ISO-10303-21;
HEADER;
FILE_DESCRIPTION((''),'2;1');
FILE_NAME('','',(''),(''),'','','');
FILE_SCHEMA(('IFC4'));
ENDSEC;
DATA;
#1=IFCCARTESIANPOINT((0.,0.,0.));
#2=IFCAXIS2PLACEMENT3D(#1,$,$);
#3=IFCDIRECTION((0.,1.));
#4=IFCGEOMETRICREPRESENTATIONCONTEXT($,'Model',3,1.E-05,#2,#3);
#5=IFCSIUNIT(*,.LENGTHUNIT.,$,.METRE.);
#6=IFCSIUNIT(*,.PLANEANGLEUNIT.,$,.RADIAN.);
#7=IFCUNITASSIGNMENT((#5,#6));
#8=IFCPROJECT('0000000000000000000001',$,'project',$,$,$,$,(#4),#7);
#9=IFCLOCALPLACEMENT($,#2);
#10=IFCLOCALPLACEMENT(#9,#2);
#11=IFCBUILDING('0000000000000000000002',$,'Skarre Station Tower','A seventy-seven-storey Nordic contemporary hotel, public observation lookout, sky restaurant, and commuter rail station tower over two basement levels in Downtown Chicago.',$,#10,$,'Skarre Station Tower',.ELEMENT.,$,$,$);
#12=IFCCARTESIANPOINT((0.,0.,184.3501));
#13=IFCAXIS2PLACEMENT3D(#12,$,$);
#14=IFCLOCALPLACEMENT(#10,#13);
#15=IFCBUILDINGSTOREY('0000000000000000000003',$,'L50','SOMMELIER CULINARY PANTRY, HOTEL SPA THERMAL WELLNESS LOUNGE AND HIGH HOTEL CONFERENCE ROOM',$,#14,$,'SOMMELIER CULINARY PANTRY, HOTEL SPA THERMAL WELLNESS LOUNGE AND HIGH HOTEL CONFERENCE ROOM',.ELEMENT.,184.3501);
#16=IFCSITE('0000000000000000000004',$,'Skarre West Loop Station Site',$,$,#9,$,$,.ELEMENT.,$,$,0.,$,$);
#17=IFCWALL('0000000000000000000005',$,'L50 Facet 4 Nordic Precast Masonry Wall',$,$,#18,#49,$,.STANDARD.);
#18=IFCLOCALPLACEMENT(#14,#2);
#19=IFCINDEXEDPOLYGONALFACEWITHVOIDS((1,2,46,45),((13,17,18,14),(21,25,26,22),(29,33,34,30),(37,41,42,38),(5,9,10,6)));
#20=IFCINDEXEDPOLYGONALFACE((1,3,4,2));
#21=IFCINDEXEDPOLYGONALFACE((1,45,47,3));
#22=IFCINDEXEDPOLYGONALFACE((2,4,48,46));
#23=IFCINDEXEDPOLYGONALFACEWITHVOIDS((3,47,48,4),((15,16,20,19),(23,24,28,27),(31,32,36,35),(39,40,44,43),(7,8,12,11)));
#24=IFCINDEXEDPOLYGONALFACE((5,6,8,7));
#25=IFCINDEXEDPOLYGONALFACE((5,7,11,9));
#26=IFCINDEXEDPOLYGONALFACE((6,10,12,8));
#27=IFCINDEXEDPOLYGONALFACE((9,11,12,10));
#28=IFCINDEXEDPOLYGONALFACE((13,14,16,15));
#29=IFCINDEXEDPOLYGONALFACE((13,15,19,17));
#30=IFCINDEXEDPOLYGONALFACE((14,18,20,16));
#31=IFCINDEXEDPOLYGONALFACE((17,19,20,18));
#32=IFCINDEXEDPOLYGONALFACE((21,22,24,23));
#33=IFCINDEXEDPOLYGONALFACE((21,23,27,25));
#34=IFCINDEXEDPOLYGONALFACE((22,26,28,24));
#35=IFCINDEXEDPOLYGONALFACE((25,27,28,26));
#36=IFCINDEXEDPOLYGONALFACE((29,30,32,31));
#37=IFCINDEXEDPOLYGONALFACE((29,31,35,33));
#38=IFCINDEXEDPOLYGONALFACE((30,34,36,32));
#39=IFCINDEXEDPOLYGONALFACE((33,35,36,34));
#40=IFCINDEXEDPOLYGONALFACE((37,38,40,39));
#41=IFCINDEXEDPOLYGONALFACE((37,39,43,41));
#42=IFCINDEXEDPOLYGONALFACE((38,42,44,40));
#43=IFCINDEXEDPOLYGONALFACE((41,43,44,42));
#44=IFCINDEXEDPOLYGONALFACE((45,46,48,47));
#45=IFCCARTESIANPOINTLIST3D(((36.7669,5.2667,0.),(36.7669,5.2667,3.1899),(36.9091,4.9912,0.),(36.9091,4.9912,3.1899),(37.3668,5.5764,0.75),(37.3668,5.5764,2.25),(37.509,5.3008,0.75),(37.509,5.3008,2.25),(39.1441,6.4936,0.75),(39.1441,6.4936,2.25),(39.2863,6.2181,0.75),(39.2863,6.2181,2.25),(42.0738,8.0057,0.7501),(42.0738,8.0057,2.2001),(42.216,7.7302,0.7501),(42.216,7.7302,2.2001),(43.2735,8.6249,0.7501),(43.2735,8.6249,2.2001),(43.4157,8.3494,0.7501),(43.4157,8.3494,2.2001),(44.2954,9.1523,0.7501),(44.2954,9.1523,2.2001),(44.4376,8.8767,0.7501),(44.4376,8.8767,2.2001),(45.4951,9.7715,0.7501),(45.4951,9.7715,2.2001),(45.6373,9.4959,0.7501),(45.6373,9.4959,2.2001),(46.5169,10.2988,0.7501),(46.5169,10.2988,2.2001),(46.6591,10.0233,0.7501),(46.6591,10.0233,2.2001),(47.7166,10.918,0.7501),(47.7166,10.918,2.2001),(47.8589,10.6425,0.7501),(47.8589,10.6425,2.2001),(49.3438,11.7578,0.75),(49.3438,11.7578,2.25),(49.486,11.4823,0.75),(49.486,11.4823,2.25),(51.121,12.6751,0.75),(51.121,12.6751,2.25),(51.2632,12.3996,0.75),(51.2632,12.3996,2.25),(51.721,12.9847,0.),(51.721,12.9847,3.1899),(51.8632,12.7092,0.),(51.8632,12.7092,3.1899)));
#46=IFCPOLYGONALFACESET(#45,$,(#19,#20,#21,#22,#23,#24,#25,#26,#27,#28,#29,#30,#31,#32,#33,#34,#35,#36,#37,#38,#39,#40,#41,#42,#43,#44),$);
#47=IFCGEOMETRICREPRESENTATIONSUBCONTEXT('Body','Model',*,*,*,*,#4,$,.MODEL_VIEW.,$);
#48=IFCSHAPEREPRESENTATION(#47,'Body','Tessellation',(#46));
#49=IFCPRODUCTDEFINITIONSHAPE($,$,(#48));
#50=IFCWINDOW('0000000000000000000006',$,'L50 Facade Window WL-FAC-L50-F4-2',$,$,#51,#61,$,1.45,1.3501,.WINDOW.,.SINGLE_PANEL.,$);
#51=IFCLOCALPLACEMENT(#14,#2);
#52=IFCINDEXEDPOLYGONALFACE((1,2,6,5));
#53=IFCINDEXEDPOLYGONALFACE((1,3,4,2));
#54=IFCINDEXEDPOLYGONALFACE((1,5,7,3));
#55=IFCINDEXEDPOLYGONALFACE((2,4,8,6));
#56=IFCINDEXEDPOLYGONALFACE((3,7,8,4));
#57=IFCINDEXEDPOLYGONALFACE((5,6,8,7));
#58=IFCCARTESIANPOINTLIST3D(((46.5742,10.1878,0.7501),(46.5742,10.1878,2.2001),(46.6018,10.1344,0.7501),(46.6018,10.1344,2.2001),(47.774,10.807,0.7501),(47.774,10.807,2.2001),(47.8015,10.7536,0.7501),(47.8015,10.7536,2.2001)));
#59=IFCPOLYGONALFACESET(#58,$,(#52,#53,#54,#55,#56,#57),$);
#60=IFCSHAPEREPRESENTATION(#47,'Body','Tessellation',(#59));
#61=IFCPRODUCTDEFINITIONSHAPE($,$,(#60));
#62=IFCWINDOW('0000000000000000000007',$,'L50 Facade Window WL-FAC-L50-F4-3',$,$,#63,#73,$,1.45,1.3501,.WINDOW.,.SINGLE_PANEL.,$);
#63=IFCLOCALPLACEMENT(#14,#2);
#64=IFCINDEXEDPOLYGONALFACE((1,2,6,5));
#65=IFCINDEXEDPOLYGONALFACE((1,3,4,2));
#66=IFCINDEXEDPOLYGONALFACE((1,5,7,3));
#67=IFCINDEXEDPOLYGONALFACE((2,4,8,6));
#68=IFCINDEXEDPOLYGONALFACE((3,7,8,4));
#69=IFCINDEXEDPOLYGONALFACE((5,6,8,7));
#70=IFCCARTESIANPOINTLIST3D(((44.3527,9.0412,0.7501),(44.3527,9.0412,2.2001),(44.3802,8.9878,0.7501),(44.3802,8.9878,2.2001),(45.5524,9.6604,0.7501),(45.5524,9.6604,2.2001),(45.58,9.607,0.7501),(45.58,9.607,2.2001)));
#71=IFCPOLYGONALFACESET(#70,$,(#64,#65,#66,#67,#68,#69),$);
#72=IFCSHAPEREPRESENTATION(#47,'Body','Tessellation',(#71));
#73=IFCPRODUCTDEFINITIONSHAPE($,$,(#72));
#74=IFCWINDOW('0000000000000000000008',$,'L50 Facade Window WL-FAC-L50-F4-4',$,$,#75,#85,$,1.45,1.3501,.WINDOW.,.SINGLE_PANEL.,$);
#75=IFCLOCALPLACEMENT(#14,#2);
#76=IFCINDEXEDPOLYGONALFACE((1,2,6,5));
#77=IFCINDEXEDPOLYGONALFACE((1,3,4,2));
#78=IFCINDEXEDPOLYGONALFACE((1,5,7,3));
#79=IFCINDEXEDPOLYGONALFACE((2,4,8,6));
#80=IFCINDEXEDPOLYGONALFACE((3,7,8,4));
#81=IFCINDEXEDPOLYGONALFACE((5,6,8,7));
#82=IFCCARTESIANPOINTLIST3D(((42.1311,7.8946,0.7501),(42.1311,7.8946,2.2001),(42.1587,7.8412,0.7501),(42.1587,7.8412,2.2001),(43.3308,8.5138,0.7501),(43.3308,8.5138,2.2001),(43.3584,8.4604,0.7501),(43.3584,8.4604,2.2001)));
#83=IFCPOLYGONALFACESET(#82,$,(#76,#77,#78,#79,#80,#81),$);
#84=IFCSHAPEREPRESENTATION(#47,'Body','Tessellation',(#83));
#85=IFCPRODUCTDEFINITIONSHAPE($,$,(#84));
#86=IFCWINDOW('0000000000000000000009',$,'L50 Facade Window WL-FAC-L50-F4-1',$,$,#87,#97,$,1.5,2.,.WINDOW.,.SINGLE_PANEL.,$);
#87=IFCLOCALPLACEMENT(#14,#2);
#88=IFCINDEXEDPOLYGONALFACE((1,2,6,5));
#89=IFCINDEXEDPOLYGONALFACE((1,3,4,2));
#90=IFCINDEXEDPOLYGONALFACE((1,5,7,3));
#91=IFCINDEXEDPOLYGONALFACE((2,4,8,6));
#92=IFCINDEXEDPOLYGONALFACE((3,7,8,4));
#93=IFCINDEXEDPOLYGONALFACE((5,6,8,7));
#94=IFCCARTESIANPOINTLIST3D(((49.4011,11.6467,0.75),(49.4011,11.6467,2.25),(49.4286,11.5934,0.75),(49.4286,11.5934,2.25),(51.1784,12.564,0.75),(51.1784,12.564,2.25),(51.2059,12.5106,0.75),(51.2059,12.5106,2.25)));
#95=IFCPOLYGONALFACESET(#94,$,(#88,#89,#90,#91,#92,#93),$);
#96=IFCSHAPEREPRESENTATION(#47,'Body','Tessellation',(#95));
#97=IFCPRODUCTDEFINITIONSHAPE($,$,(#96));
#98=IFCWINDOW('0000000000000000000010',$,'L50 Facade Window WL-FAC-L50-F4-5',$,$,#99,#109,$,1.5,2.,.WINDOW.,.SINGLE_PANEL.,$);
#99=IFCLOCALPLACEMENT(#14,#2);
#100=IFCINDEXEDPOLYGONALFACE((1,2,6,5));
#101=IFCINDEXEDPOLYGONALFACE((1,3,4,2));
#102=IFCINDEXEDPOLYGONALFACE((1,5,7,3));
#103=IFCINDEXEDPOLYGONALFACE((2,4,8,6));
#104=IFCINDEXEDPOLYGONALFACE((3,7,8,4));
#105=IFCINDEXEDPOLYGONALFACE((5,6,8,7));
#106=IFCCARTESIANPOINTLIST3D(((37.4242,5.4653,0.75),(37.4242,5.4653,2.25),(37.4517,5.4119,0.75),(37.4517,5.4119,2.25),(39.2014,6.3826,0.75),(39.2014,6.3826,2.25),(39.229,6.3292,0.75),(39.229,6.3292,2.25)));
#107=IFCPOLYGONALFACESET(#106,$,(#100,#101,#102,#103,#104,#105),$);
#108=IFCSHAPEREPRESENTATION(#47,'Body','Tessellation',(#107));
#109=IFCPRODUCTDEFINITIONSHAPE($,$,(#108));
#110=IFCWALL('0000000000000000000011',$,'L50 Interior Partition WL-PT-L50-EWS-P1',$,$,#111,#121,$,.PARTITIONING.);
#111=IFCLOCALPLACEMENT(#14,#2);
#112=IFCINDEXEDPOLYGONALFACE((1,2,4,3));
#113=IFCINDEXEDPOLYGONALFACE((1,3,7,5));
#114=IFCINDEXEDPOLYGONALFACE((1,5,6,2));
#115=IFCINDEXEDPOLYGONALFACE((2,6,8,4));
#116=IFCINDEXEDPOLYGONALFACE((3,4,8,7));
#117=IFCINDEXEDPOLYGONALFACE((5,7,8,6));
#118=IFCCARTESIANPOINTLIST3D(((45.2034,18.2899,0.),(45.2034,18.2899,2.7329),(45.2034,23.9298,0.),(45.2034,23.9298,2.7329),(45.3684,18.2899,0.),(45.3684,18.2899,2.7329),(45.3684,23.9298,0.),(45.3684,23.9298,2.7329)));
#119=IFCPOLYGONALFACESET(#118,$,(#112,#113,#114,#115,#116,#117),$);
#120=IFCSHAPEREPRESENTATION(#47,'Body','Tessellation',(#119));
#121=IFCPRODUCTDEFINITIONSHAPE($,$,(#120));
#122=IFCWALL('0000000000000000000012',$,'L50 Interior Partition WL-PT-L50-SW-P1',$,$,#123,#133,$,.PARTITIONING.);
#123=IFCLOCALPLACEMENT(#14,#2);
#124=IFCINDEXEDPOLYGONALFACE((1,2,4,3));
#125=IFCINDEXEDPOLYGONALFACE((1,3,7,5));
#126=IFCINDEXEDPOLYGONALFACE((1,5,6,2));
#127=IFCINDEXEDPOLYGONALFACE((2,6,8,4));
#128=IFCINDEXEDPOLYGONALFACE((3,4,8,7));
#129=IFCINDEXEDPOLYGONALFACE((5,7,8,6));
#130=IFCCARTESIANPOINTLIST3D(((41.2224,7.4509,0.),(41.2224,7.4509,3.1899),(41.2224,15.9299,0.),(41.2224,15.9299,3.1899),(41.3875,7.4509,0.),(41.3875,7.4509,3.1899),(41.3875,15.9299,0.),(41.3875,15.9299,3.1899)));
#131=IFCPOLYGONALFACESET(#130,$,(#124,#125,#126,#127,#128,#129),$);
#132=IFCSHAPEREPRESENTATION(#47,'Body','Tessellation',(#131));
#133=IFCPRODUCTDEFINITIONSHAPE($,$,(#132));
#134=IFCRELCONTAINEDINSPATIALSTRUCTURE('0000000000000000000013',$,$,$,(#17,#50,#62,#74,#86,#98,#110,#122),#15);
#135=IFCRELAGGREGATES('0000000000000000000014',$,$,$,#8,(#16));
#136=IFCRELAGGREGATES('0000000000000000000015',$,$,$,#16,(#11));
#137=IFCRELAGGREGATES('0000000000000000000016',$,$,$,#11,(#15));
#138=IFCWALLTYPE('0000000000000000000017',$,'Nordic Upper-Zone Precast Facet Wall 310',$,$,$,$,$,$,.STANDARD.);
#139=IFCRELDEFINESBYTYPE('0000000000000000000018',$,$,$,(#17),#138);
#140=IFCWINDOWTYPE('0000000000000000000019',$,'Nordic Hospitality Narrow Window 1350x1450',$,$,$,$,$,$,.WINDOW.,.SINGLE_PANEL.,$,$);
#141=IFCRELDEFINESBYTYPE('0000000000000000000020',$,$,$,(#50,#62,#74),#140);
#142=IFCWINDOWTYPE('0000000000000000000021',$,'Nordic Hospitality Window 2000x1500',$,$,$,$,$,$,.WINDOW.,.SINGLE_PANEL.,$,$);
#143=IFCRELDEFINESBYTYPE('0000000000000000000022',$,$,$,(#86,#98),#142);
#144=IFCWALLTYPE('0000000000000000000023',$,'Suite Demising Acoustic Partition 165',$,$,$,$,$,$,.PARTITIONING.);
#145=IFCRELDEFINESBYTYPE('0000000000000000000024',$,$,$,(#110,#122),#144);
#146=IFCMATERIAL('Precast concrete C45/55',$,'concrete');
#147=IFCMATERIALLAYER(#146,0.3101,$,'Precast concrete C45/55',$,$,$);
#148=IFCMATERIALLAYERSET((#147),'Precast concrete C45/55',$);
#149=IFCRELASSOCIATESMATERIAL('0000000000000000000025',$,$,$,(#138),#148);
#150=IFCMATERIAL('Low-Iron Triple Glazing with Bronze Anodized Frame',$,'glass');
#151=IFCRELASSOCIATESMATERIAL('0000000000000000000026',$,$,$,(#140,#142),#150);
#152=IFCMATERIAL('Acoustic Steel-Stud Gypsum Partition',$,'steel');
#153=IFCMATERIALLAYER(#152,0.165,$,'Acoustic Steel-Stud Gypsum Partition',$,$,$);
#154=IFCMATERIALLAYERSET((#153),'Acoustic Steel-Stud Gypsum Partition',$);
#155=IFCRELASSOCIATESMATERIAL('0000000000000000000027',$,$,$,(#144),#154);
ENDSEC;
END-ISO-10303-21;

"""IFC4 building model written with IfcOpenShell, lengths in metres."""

from ifc_helpers import new_model, si_unit, direction, frame, frame_2d, origin, place, context, subcontext, project, spatial, rectangle, extrude, material, layer, layer_set, type_object, element, fill, save


model = new_model("IFC4")

# Units and contexts
model_context = context("Model", 3, precision=1e-05, world=origin(), true_north=direction((0.0, 1.0)))
body_context = subcontext(model_context, "Body", "Model", "MODEL_VIEW")
ifc_project = project(units=[si_unit("LENGTHUNIT", "METRE"), si_unit("PLANEANGLEUNIT", "RADIAN")], contexts=[model_context])

# Site, building, storey
site_placement = place(None, origin())
site = spatial("IfcSite", under=ifc_project, at=site_placement, Name="Skarre West Loop Station Site", CompositionType="ELEMENT", RefElevation=0.0)
building_placement = place(site_placement, origin())
building = spatial("IfcBuilding", under=site, at=building_placement, Name="Skarre Station Tower", Description="A seventy-seven-storey Nordic contemporary hotel, public observation lookout, sky restaurant, and commuter rail station tower over two basement levels in Downtown Chicago.", LongName="Skarre Station Tower", CompositionType="ELEMENT")
storey_placement = place(building_placement, frame((0.0, 0.0, 184.3501)))
storey = spatial("IfcBuildingStorey", under=building, at=storey_placement, Name="L50", Description="SOMMELIER CULINARY PANTRY, HOTEL SPA THERMAL WELLNESS LOUNGE AND HIGH HOTEL CONFERENCE ROOM", LongName="SOMMELIER CULINARY PANTRY, HOTEL SPA THERMAL WELLNESS LOUNGE AND HIGH HOTEL CONFERENCE ROOM", CompositionType="ELEMENT", Elevation=184.3501)

# Shared definitions
ifc_material_1 = material(Name="Acoustic Steel-Stud Gypsum Partition", Category="steel")

# Shared definitions
ifc_material_2 = material(Name="Precast concrete C45/55", Category="concrete")

# Wall, openings, windows
ifc_layer_1 = layer(ifc_material_2, 0.3101, Name="Precast concrete C45/55")
ifc_layer_set_1 = layer_set([ifc_layer_1], Name="Precast concrete C45/55")
wall_type_1 = type_object("IfcWallType", Name="Nordic Upper-Zone Precast Facet Wall 310", PredefinedType="STANDARD", material=ifc_layer_set_1)
wall_1_placement = place(storey_placement, frame((51.792, 12.8469, 0.0), z_axis=(0.0, 0.0, 1.0), x_axis=(-0.888626, -0.458632, 0.0)))
wall_1 = element("IfcWall", 1, at=wall_1_placement, inside=storey, type_object=wall_type_1, Name="L50 Facet 4 Nordic Precast Masonry Wall", PredefinedType="STANDARD", context=body_context, shape_type="SweptSolid", body=[
    extrude(rectangle(XDim=16.8284, YDim=0.3101, at=frame_2d((8.4141, 0.0))), origin(), (0.0, 0.0, 1.0), 3.1899),
])
opening_1_placement = place(wall_1_placement, frame((0.675, 0.0, 0.75)))
opening_1 = element("IfcOpeningElement", 2, at=opening_1_placement, cuts=wall_1, PredefinedType="OPENING", context=body_context, shape_type="SweptSolid", body=[
    extrude(rectangle(XDim=2.0, YDim=1.5, at=frame_2d((1.0, 0.75))), frame((0.0, 0.165, 0.0), z_axis=(0.0, -1.0, 0.0), x_axis=(1.0, 0.0, 0.0)), (0.0, 0.0, 1.0), 0.3301),
])
opening_2_placement = place(wall_1_placement, frame((4.5061, 0.0, 0.75)))
opening_2 = element("IfcOpeningElement", 3, at=opening_2_placement, cuts=wall_1, PredefinedType="OPENING", context=body_context, shape_type="SweptSolid", body=[
    extrude(rectangle(XDim=1.3501, YDim=1.45, at=frame_2d((0.675, 0.7251))), frame((0.0, 0.165, 0.0), z_axis=(0.0, -1.0, 0.0), x_axis=(1.0, 0.0, 0.0)), (0.0, 0.0, 1.0), 0.3301),
])
opening_3_placement = place(wall_1_placement, frame((7.0061, 0.0, 0.75)))
opening_3 = element("IfcOpeningElement", 4, at=opening_3_placement, cuts=wall_1, PredefinedType="OPENING", context=body_context, shape_type="SweptSolid", body=[
    extrude(rectangle(XDim=1.3501, YDim=1.45, at=frame_2d((0.675, 0.7251))), frame((0.0, 0.165, 0.0), z_axis=(0.0, -1.0, 0.0), x_axis=(1.0, 0.0, 0.0)), (0.0, 0.0, 1.0), 0.3301),
])
opening_4_placement = place(wall_1_placement, frame((9.5061, 0.0, 0.75)))
opening_4 = element("IfcOpeningElement", 5, at=opening_4_placement, cuts=wall_1, PredefinedType="OPENING", context=body_context, shape_type="SweptSolid", body=[
    extrude(rectangle(XDim=1.3501, YDim=1.45, at=frame_2d((0.675, 0.7251))), frame((0.0, 0.165, 0.0), z_axis=(0.0, -1.0, 0.0), x_axis=(1.0, 0.0, 0.0)), (0.0, 0.0, 1.0), 0.3301),
])
opening_5_placement = place(wall_1_placement, frame((14.1531, 0.0, 0.75)))
opening_5 = element("IfcOpeningElement", 6, at=opening_5_placement, cuts=wall_1, PredefinedType="OPENING", context=body_context, shape_type="SweptSolid", body=[
    extrude(rectangle(XDim=2.0, YDim=1.5, at=frame_2d((1.0, 0.75))), frame((0.0, 0.165, 0.0), z_axis=(0.0, -1.0, 0.0), x_axis=(1.0, 0.0, 0.0)), (0.0, 0.0, 1.0), 0.3301),
])
ifc_material_3 = material(Name="Low-Iron Triple Glazing with Bronze Anodized Frame", Category="glass")
window_type_1 = type_object("IfcWindowType", Name="Nordic Hospitality Narrow Window 1350x1450", PartitioningType="SINGLE_PANEL", PredefinedType="WINDOW", material=ifc_material_3)
window_1_placement = place(opening_2_placement, origin())
window_1 = element("IfcWindow", 7, at=window_1_placement, inside=storey, type_object=window_type_1, Name="L50 Facade Window WL-FAC-L50-F4-2", OverallHeight=1.45, OverallWidth=1.3501, PartitioningType="SINGLE_PANEL", PredefinedType="WINDOW", context=body_context, shape_type="SweptSolid", body=[
    extrude(rectangle(XDim=1.3501, YDim=1.45, at=frame_2d((0.675, 0.7251))), frame((0.0, 0.03, 0.0), z_axis=(0.0, -1.0, 0.0), x_axis=(1.0, 0.0, 0.0)), (0.0, 0.0, 1.0), 0.0601),
])
fill(opening_2, window_1)
window_2_placement = place(opening_3_placement, origin())
window_2 = element("IfcWindow", 8, at=window_2_placement, inside=storey, type_object=window_type_1, Name="L50 Facade Window WL-FAC-L50-F4-3", OverallHeight=1.45, OverallWidth=1.3501, PartitioningType="SINGLE_PANEL", PredefinedType="WINDOW", context=body_context, shape_type="SweptSolid", body=[
    extrude(rectangle(XDim=1.3501, YDim=1.45, at=frame_2d((0.675, 0.7251))), frame((0.0, 0.03, 0.0), z_axis=(0.0, -1.0, 0.0), x_axis=(1.0, 0.0, 0.0)), (0.0, 0.0, 1.0), 0.0601),
])
fill(opening_3, window_2)
window_3_placement = place(opening_4_placement, origin())
window_3 = element("IfcWindow", 9, at=window_3_placement, inside=storey, type_object=window_type_1, Name="L50 Facade Window WL-FAC-L50-F4-4", OverallHeight=1.45, OverallWidth=1.3501, PartitioningType="SINGLE_PANEL", PredefinedType="WINDOW", context=body_context, shape_type="SweptSolid", body=[
    extrude(rectangle(XDim=1.3501, YDim=1.45, at=frame_2d((0.675, 0.7251))), frame((0.0, 0.03, 0.0), z_axis=(0.0, -1.0, 0.0), x_axis=(1.0, 0.0, 0.0)), (0.0, 0.0, 1.0), 0.0601),
])
fill(opening_4, window_3)
window_type_2 = type_object("IfcWindowType", Name="Nordic Hospitality Window 2000x1500", PartitioningType="SINGLE_PANEL", PredefinedType="WINDOW", material=ifc_material_3)
window_4_placement = place(opening_1_placement, origin())
window_4 = element("IfcWindow", 10, at=window_4_placement, inside=storey, type_object=window_type_2, Name="L50 Facade Window WL-FAC-L50-F4-1", OverallHeight=1.5, OverallWidth=2.0, PartitioningType="SINGLE_PANEL", PredefinedType="WINDOW", context=body_context, shape_type="SweptSolid", body=[
    extrude(rectangle(XDim=2.0, YDim=1.5, at=frame_2d((1.0, 0.75))), frame((0.0, 0.03, 0.0), z_axis=(0.0, -1.0, 0.0), x_axis=(1.0, 0.0, 0.0)), (0.0, 0.0, 1.0), 0.0601),
])
fill(opening_1, window_4)
window_5_placement = place(opening_5_placement, origin())
window_5 = element("IfcWindow", 11, at=window_5_placement, inside=storey, type_object=window_type_2, Name="L50 Facade Window WL-FAC-L50-F4-5", OverallHeight=1.5, OverallWidth=2.0, PartitioningType="SINGLE_PANEL", PredefinedType="WINDOW", context=body_context, shape_type="SweptSolid", body=[
    extrude(rectangle(XDim=2.0, YDim=1.5, at=frame_2d((1.0, 0.75))), frame((0.0, 0.03, 0.0), z_axis=(0.0, -1.0, 0.0), x_axis=(1.0, 0.0, 0.0)), (0.0, 0.0, 1.0), 0.0601),
])
fill(opening_5, window_5)

# Walls
ifc_layer_2 = layer(ifc_material_1, 0.165, Name="Acoustic Steel-Stud Gypsum Partition")
ifc_layer_set_2 = layer_set([ifc_layer_2], Name="Acoustic Steel-Stud Gypsum Partition")
wall_type_2 = type_object("IfcWallType", Name="Suite Demising Acoustic Partition 165", PredefinedType="PARTITIONING", material=ifc_layer_set_2)
wall_2_placement = place(storey_placement, frame((45.2859, 18.29, 0.0), z_axis=(0.0, 0.0, 1.0), x_axis=(0.0, 1.0, 0.0)))
element("IfcWall", 12, at=wall_2_placement, inside=storey, type_object=wall_type_2, Name="L50 Interior Partition WL-PT-L50-EWS-P1", PredefinedType="PARTITIONING", context=body_context, shape_type="SweptSolid", body=[
    extrude(rectangle(XDim=5.6399, YDim=0.165, at=frame_2d((2.8198, 0.0))), origin(), (0.0, 0.0, 1.0), 2.7329),
])
wall_3_placement = place(storey_placement, frame((41.3049, 7.4509, 0.0), z_axis=(0.0, 0.0, 1.0), x_axis=(0.0, 1.0, 0.0)))
element("IfcWall", 13, at=wall_3_placement, inside=storey, type_object=wall_type_2, Name="L50 Interior Partition WL-PT-L50-SW-P1", PredefinedType="PARTITIONING", context=body_context, shape_type="SweptSolid", body=[
    extrude(rectangle(XDim=8.479, YDim=0.165, at=frame_2d((4.2395, 0.0))), origin(), (0.0, 0.0, 1.0), 3.1899),
])

save(model, "model.ifc")
